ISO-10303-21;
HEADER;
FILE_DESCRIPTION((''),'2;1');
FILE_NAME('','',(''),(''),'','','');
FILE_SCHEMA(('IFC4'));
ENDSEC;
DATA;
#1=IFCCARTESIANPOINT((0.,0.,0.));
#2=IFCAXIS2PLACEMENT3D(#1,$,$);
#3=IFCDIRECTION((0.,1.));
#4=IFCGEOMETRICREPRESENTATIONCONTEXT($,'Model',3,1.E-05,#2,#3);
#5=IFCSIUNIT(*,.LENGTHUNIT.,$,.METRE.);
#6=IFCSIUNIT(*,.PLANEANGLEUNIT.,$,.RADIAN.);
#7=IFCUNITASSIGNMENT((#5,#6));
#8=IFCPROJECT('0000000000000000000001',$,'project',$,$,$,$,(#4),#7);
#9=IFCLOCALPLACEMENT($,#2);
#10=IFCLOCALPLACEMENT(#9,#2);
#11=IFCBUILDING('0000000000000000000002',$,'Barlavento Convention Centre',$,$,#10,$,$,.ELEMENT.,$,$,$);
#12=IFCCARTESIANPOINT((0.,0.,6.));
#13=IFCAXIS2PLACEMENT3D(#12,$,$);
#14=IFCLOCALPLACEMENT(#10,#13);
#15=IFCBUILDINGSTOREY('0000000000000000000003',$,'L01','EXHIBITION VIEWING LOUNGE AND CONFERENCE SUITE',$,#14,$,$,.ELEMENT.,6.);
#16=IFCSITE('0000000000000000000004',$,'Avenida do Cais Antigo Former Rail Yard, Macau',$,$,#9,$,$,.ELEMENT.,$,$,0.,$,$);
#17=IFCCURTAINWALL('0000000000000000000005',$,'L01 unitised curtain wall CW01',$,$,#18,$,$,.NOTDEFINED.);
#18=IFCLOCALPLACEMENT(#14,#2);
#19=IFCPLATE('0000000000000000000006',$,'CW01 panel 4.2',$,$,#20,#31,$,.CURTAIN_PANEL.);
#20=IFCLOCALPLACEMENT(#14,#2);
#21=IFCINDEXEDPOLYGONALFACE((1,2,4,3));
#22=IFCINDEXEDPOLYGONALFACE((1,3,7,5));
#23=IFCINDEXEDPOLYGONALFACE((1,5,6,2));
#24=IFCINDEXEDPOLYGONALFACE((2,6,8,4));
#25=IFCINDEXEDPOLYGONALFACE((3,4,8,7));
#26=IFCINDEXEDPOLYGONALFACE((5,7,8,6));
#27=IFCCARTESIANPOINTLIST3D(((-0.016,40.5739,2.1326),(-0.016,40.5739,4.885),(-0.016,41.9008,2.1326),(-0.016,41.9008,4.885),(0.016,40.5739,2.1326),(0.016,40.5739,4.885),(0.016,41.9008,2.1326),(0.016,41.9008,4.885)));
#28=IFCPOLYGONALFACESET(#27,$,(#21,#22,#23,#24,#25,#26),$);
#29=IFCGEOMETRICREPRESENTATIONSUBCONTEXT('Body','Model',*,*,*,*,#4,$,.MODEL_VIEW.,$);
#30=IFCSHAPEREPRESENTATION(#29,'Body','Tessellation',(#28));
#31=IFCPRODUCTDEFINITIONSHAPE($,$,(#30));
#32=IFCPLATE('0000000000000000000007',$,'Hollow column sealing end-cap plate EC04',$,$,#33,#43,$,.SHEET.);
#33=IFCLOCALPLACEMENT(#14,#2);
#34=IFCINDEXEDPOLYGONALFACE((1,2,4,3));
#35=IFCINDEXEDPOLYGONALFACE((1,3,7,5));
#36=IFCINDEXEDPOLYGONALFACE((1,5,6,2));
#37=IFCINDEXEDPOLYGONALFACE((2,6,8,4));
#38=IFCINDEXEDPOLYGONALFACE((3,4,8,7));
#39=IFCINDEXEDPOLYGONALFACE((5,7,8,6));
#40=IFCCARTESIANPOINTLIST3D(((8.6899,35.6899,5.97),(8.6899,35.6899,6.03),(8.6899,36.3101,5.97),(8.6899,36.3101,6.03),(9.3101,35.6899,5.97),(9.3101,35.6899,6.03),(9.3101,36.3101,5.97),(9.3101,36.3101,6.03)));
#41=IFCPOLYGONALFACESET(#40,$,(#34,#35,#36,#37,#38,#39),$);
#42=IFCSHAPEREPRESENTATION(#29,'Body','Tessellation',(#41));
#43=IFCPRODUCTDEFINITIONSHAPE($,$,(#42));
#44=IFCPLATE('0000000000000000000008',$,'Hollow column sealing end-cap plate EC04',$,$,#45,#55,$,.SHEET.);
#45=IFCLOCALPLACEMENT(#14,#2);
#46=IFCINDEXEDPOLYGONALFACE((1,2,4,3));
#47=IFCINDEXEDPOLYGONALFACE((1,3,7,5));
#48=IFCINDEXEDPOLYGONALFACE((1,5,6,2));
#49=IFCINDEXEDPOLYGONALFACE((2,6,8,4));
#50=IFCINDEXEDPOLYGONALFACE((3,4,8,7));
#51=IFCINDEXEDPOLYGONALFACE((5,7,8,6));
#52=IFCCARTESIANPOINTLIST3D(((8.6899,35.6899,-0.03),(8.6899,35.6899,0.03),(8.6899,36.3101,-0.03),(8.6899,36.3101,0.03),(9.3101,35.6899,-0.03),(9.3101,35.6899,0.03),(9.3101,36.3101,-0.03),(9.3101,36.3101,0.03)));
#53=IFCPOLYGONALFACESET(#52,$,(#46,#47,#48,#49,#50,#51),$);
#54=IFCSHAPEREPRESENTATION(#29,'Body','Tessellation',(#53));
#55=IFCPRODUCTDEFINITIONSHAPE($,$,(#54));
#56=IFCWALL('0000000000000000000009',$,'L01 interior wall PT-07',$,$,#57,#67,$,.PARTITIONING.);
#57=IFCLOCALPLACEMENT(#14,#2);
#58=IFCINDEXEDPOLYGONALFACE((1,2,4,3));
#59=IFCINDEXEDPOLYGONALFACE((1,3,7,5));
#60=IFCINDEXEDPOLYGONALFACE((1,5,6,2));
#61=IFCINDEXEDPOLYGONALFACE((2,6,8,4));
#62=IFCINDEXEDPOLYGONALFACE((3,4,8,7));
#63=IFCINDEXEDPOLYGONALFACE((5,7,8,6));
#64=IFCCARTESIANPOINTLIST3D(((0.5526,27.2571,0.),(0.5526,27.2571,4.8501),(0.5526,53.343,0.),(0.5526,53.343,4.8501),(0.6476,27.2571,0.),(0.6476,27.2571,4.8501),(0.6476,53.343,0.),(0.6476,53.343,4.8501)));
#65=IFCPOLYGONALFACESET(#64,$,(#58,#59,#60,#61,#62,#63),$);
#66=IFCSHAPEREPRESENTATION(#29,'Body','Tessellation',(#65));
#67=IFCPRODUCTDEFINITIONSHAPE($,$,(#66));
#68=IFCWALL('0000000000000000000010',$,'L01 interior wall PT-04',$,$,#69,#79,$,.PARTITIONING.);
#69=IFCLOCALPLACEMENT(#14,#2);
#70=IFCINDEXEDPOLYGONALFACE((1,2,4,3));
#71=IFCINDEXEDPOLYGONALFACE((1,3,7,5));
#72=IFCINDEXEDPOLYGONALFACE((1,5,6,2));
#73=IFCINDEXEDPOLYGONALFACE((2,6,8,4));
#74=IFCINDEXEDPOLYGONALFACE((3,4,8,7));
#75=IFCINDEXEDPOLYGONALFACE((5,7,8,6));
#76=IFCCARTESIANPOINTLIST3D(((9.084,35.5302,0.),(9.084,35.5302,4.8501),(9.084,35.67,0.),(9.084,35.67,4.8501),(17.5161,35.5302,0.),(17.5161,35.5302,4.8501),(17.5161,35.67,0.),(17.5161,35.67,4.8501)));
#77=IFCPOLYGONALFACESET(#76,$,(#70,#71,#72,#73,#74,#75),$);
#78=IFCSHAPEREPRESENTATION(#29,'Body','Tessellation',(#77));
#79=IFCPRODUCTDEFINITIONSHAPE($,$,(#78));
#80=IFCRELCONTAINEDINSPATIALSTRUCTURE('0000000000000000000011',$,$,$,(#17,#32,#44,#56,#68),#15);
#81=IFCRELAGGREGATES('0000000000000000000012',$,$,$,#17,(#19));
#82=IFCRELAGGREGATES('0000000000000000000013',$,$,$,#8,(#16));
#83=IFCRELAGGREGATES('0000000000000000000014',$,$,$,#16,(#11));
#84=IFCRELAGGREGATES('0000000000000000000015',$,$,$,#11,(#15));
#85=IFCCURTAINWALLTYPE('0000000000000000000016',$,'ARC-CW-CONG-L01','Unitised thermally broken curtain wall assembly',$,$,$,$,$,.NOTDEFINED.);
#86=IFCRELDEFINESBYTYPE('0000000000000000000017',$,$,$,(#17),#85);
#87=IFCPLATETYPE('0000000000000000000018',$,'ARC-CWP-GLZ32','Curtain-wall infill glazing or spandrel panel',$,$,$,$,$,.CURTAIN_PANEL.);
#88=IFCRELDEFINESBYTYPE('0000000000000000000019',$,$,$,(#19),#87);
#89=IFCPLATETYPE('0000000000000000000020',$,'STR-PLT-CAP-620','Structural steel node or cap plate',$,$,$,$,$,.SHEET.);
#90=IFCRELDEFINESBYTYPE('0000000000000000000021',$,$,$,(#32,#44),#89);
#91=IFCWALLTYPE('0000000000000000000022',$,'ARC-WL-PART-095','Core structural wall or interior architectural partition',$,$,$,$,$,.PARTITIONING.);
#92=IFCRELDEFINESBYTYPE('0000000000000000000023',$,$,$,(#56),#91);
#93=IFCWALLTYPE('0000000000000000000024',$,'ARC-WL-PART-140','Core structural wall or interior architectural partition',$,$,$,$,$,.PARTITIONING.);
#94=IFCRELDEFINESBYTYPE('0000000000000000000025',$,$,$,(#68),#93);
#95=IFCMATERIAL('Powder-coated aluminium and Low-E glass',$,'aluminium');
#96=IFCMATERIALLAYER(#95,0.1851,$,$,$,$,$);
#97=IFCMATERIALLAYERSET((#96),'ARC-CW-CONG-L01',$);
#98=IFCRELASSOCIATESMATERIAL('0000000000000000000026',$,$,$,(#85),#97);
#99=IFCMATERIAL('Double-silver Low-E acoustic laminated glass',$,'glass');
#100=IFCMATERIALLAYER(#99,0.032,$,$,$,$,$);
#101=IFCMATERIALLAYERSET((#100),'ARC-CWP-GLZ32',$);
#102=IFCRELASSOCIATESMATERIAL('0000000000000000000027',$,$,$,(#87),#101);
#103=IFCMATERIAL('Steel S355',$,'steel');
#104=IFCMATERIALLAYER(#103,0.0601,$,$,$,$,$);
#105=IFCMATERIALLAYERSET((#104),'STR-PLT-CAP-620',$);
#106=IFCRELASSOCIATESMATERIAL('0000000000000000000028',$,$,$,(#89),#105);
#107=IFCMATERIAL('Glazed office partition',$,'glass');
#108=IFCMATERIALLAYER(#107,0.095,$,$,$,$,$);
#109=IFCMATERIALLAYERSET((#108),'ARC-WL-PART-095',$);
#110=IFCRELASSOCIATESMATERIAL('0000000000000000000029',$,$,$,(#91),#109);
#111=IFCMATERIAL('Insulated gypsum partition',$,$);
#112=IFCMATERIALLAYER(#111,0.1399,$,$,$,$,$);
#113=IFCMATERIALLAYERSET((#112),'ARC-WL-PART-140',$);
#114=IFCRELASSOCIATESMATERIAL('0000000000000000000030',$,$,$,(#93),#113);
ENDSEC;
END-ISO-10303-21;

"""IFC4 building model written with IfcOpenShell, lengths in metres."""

from ifc_helpers import new_model, si_unit, direction, frame, frame_2d, origin, origin_2d, place, context, subcontext, project, spatial, rectangle, extrude, material, layer, layer_set, type_object, element, aggregate, save


model = new_model("IFC4")

# Units and contexts
model_context = context("Model", 3, precision=1e-05, world=origin(), true_north=direction((0.0, 1.0)))
body_context = subcontext(model_context, "Body", "Model", "MODEL_VIEW")
ifc_project = project(units=[si_unit("LENGTHUNIT", "METRE"), si_unit("PLANEANGLEUNIT", "RADIAN")], contexts=[model_context])

# Site, building, storey
site_placement = place(None, origin())
site = spatial("IfcSite", under=ifc_project, at=site_placement, Name="Avenida do Cais Antigo Former Rail Yard, Macau", CompositionType="ELEMENT", RefElevation=0.0)
building_placement = place(site_placement, origin())
building = spatial("IfcBuilding", under=site, at=building_placement, Name="Barlavento Convention Centre", CompositionType="ELEMENT")
storey_placement = place(building_placement, frame((0.0, 0.0, 6.0)))
storey = spatial("IfcBuildingStorey", under=building, at=storey_placement, Name="L01", Description="EXHIBITION VIEWING LOUNGE AND CONFERENCE SUITE", CompositionType="ELEMENT", Elevation=6.0)

# Shared definitions
ifc_material_1 = material(Name="Steel S355", Category="steel")

# Curtain wall
ifc_material_2 = material(Name="Powder-coated aluminium and Low-E glass", Category="aluminium")
ifc_layer_1 = layer(ifc_material_2, 0.1851)
ifc_layer_set_1 = layer_set([ifc_layer_1], Name="ARC-CW-CONG-L01")
curtain_wall_type = type_object("IfcCurtainWallType", Name="ARC-CW-CONG-L01", Description="Unitised thermally broken curtain wall assembly", PredefinedType="NOTDEFINED", material=ifc_layer_set_1)
curtain_wall_placement = place(storey_placement, origin())
curtain_wall = element("IfcCurtainWall", 1, at=curtain_wall_placement, inside=storey, type_object=curtain_wall_type, Name="L01 unitised curtain wall CW01", PredefinedType="NOTDEFINED")

# Plate
ifc_material_3 = material(Name="Double-silver Low-E acoustic laminated glass", Category="glass")
ifc_layer_2 = layer(ifc_material_3, 0.032)
ifc_layer_set_2 = layer_set([ifc_layer_2], Name="ARC-CWP-GLZ32")
plate_type_1 = type_object("IfcPlateType", Name="ARC-CWP-GLZ32", Description="Curtain-wall infill glazing or spandrel panel", PredefinedType="CURTAIN_PANEL", material=ifc_layer_set_2)
plate_1_placement = place(storey_placement, frame((0.0, 41.2373, 2.1326), z_axis=(0.0, 0.0, 1.0), x_axis=(0.0, 1.0, 0.0)))
plate_1 = element("IfcPlate", 2, at=plate_1_placement, type_object=plate_type_1, Name="CW01 panel 4.2", PredefinedType="CURTAIN_PANEL", context=body_context, shape_type="SweptSolid", body=[
    extrude(rectangle(XDim=1.3269, YDim=0.032, at=origin_2d()), origin(), (0.0, 0.0, 1.0), 2.7524),
])
aggregate(curtain_wall, [plate_1])

# Plates
ifc_layer_3 = layer(ifc_material_1, 0.0601)
ifc_layer_set_3 = layer_set([ifc_layer_3], Name="STR-PLT-CAP-620")
plate_type_2 = type_object("IfcPlateType", Name="STR-PLT-CAP-620", Description="Structural steel node or cap plate", PredefinedType="SHEET", material=ifc_layer_set_3)
for number, where, z_axis, x_axis, name in (
    (3, (9.0, 36.0, 5.97), (0.0, 0.0, 1.0), (1.0, 0.0, 0.0), "Hollow column sealing end-cap plate EC04"),
    (4, (9.0, 36.0, -0.03), (0.0, 0.0, 1.0), (1.0, 0.0, 0.0), "Hollow column sealing end-cap plate EC04"),
):
    element("IfcPlate", number, at=place(storey_placement, frame(where, z_axis=z_axis, x_axis=x_axis)), inside=storey, type_object=plate_type_2, Name=name, PredefinedType="SHEET", context=body_context, shape_type="SweptSolid", body=[
        extrude(rectangle(XDim=0.6201, YDim=0.6201, at=origin_2d()), origin(), (0.0, 0.0, 1.0), 0.0601),
    ])

# Walls
ifc_material_4 = material(Name="Glazed office partition", Category="glass")
ifc_layer_4 = layer(ifc_material_4, 0.095)
ifc_layer_set_4 = layer_set([ifc_layer_4], Name="ARC-WL-PART-095")
wall_type_1 = type_object("IfcWallType", Name="ARC-WL-PART-095", Description="Core structural wall or interior architectural partition", PredefinedType="PARTITIONING", material=ifc_layer_set_4)
wall_1_placement = place(storey_placement, frame((0.6001, 27.2571, 0.0), z_axis=(0.0, 0.0, 1.0), x_axis=(0.0, 1.0, 0.0)))
element("IfcWall", 5, at=wall_1_placement, inside=storey, type_object=wall_type_1, Name="L01 interior wall PT-07", PredefinedType="PARTITIONING", context=body_context, shape_type="SweptSolid", body=[
    extrude(rectangle(XDim=26.0859, YDim=0.095, at=frame_2d((13.043, 0.0))), origin(), (0.0, 0.0, 1.0), 4.8501),
])
ifc_material_5 = material(Name="Insulated gypsum partition")
ifc_layer_5 = layer(ifc_material_5, 0.1399)
ifc_layer_set_5 = layer_set([ifc_layer_5], Name="ARC-WL-PART-140")
wall_type_2 = type_object("IfcWallType", Name="ARC-WL-PART-140", Description="Core structural wall or interior architectural partition", PredefinedType="PARTITIONING", material=ifc_layer_set_5)
wall_2_placement = place(storey_placement, frame((9.084, 35.6001, 0.0), z_axis=(0.0, 0.0, 1.0), x_axis=(1.0, 0.0, 0.0)))
element("IfcWall", 6, at=wall_2_placement, inside=storey, type_object=wall_type_2, Name="L01 interior wall PT-04", PredefinedType="PARTITIONING", context=body_context, shape_type="SweptSolid", body=[
    extrude(rectangle(XDim=8.4321, YDim=0.1399, at=frame_2d((4.2161, 0.0))), origin(), (0.0, 0.0, 1.0), 4.8501),
])

save(model, "model.ifc")
